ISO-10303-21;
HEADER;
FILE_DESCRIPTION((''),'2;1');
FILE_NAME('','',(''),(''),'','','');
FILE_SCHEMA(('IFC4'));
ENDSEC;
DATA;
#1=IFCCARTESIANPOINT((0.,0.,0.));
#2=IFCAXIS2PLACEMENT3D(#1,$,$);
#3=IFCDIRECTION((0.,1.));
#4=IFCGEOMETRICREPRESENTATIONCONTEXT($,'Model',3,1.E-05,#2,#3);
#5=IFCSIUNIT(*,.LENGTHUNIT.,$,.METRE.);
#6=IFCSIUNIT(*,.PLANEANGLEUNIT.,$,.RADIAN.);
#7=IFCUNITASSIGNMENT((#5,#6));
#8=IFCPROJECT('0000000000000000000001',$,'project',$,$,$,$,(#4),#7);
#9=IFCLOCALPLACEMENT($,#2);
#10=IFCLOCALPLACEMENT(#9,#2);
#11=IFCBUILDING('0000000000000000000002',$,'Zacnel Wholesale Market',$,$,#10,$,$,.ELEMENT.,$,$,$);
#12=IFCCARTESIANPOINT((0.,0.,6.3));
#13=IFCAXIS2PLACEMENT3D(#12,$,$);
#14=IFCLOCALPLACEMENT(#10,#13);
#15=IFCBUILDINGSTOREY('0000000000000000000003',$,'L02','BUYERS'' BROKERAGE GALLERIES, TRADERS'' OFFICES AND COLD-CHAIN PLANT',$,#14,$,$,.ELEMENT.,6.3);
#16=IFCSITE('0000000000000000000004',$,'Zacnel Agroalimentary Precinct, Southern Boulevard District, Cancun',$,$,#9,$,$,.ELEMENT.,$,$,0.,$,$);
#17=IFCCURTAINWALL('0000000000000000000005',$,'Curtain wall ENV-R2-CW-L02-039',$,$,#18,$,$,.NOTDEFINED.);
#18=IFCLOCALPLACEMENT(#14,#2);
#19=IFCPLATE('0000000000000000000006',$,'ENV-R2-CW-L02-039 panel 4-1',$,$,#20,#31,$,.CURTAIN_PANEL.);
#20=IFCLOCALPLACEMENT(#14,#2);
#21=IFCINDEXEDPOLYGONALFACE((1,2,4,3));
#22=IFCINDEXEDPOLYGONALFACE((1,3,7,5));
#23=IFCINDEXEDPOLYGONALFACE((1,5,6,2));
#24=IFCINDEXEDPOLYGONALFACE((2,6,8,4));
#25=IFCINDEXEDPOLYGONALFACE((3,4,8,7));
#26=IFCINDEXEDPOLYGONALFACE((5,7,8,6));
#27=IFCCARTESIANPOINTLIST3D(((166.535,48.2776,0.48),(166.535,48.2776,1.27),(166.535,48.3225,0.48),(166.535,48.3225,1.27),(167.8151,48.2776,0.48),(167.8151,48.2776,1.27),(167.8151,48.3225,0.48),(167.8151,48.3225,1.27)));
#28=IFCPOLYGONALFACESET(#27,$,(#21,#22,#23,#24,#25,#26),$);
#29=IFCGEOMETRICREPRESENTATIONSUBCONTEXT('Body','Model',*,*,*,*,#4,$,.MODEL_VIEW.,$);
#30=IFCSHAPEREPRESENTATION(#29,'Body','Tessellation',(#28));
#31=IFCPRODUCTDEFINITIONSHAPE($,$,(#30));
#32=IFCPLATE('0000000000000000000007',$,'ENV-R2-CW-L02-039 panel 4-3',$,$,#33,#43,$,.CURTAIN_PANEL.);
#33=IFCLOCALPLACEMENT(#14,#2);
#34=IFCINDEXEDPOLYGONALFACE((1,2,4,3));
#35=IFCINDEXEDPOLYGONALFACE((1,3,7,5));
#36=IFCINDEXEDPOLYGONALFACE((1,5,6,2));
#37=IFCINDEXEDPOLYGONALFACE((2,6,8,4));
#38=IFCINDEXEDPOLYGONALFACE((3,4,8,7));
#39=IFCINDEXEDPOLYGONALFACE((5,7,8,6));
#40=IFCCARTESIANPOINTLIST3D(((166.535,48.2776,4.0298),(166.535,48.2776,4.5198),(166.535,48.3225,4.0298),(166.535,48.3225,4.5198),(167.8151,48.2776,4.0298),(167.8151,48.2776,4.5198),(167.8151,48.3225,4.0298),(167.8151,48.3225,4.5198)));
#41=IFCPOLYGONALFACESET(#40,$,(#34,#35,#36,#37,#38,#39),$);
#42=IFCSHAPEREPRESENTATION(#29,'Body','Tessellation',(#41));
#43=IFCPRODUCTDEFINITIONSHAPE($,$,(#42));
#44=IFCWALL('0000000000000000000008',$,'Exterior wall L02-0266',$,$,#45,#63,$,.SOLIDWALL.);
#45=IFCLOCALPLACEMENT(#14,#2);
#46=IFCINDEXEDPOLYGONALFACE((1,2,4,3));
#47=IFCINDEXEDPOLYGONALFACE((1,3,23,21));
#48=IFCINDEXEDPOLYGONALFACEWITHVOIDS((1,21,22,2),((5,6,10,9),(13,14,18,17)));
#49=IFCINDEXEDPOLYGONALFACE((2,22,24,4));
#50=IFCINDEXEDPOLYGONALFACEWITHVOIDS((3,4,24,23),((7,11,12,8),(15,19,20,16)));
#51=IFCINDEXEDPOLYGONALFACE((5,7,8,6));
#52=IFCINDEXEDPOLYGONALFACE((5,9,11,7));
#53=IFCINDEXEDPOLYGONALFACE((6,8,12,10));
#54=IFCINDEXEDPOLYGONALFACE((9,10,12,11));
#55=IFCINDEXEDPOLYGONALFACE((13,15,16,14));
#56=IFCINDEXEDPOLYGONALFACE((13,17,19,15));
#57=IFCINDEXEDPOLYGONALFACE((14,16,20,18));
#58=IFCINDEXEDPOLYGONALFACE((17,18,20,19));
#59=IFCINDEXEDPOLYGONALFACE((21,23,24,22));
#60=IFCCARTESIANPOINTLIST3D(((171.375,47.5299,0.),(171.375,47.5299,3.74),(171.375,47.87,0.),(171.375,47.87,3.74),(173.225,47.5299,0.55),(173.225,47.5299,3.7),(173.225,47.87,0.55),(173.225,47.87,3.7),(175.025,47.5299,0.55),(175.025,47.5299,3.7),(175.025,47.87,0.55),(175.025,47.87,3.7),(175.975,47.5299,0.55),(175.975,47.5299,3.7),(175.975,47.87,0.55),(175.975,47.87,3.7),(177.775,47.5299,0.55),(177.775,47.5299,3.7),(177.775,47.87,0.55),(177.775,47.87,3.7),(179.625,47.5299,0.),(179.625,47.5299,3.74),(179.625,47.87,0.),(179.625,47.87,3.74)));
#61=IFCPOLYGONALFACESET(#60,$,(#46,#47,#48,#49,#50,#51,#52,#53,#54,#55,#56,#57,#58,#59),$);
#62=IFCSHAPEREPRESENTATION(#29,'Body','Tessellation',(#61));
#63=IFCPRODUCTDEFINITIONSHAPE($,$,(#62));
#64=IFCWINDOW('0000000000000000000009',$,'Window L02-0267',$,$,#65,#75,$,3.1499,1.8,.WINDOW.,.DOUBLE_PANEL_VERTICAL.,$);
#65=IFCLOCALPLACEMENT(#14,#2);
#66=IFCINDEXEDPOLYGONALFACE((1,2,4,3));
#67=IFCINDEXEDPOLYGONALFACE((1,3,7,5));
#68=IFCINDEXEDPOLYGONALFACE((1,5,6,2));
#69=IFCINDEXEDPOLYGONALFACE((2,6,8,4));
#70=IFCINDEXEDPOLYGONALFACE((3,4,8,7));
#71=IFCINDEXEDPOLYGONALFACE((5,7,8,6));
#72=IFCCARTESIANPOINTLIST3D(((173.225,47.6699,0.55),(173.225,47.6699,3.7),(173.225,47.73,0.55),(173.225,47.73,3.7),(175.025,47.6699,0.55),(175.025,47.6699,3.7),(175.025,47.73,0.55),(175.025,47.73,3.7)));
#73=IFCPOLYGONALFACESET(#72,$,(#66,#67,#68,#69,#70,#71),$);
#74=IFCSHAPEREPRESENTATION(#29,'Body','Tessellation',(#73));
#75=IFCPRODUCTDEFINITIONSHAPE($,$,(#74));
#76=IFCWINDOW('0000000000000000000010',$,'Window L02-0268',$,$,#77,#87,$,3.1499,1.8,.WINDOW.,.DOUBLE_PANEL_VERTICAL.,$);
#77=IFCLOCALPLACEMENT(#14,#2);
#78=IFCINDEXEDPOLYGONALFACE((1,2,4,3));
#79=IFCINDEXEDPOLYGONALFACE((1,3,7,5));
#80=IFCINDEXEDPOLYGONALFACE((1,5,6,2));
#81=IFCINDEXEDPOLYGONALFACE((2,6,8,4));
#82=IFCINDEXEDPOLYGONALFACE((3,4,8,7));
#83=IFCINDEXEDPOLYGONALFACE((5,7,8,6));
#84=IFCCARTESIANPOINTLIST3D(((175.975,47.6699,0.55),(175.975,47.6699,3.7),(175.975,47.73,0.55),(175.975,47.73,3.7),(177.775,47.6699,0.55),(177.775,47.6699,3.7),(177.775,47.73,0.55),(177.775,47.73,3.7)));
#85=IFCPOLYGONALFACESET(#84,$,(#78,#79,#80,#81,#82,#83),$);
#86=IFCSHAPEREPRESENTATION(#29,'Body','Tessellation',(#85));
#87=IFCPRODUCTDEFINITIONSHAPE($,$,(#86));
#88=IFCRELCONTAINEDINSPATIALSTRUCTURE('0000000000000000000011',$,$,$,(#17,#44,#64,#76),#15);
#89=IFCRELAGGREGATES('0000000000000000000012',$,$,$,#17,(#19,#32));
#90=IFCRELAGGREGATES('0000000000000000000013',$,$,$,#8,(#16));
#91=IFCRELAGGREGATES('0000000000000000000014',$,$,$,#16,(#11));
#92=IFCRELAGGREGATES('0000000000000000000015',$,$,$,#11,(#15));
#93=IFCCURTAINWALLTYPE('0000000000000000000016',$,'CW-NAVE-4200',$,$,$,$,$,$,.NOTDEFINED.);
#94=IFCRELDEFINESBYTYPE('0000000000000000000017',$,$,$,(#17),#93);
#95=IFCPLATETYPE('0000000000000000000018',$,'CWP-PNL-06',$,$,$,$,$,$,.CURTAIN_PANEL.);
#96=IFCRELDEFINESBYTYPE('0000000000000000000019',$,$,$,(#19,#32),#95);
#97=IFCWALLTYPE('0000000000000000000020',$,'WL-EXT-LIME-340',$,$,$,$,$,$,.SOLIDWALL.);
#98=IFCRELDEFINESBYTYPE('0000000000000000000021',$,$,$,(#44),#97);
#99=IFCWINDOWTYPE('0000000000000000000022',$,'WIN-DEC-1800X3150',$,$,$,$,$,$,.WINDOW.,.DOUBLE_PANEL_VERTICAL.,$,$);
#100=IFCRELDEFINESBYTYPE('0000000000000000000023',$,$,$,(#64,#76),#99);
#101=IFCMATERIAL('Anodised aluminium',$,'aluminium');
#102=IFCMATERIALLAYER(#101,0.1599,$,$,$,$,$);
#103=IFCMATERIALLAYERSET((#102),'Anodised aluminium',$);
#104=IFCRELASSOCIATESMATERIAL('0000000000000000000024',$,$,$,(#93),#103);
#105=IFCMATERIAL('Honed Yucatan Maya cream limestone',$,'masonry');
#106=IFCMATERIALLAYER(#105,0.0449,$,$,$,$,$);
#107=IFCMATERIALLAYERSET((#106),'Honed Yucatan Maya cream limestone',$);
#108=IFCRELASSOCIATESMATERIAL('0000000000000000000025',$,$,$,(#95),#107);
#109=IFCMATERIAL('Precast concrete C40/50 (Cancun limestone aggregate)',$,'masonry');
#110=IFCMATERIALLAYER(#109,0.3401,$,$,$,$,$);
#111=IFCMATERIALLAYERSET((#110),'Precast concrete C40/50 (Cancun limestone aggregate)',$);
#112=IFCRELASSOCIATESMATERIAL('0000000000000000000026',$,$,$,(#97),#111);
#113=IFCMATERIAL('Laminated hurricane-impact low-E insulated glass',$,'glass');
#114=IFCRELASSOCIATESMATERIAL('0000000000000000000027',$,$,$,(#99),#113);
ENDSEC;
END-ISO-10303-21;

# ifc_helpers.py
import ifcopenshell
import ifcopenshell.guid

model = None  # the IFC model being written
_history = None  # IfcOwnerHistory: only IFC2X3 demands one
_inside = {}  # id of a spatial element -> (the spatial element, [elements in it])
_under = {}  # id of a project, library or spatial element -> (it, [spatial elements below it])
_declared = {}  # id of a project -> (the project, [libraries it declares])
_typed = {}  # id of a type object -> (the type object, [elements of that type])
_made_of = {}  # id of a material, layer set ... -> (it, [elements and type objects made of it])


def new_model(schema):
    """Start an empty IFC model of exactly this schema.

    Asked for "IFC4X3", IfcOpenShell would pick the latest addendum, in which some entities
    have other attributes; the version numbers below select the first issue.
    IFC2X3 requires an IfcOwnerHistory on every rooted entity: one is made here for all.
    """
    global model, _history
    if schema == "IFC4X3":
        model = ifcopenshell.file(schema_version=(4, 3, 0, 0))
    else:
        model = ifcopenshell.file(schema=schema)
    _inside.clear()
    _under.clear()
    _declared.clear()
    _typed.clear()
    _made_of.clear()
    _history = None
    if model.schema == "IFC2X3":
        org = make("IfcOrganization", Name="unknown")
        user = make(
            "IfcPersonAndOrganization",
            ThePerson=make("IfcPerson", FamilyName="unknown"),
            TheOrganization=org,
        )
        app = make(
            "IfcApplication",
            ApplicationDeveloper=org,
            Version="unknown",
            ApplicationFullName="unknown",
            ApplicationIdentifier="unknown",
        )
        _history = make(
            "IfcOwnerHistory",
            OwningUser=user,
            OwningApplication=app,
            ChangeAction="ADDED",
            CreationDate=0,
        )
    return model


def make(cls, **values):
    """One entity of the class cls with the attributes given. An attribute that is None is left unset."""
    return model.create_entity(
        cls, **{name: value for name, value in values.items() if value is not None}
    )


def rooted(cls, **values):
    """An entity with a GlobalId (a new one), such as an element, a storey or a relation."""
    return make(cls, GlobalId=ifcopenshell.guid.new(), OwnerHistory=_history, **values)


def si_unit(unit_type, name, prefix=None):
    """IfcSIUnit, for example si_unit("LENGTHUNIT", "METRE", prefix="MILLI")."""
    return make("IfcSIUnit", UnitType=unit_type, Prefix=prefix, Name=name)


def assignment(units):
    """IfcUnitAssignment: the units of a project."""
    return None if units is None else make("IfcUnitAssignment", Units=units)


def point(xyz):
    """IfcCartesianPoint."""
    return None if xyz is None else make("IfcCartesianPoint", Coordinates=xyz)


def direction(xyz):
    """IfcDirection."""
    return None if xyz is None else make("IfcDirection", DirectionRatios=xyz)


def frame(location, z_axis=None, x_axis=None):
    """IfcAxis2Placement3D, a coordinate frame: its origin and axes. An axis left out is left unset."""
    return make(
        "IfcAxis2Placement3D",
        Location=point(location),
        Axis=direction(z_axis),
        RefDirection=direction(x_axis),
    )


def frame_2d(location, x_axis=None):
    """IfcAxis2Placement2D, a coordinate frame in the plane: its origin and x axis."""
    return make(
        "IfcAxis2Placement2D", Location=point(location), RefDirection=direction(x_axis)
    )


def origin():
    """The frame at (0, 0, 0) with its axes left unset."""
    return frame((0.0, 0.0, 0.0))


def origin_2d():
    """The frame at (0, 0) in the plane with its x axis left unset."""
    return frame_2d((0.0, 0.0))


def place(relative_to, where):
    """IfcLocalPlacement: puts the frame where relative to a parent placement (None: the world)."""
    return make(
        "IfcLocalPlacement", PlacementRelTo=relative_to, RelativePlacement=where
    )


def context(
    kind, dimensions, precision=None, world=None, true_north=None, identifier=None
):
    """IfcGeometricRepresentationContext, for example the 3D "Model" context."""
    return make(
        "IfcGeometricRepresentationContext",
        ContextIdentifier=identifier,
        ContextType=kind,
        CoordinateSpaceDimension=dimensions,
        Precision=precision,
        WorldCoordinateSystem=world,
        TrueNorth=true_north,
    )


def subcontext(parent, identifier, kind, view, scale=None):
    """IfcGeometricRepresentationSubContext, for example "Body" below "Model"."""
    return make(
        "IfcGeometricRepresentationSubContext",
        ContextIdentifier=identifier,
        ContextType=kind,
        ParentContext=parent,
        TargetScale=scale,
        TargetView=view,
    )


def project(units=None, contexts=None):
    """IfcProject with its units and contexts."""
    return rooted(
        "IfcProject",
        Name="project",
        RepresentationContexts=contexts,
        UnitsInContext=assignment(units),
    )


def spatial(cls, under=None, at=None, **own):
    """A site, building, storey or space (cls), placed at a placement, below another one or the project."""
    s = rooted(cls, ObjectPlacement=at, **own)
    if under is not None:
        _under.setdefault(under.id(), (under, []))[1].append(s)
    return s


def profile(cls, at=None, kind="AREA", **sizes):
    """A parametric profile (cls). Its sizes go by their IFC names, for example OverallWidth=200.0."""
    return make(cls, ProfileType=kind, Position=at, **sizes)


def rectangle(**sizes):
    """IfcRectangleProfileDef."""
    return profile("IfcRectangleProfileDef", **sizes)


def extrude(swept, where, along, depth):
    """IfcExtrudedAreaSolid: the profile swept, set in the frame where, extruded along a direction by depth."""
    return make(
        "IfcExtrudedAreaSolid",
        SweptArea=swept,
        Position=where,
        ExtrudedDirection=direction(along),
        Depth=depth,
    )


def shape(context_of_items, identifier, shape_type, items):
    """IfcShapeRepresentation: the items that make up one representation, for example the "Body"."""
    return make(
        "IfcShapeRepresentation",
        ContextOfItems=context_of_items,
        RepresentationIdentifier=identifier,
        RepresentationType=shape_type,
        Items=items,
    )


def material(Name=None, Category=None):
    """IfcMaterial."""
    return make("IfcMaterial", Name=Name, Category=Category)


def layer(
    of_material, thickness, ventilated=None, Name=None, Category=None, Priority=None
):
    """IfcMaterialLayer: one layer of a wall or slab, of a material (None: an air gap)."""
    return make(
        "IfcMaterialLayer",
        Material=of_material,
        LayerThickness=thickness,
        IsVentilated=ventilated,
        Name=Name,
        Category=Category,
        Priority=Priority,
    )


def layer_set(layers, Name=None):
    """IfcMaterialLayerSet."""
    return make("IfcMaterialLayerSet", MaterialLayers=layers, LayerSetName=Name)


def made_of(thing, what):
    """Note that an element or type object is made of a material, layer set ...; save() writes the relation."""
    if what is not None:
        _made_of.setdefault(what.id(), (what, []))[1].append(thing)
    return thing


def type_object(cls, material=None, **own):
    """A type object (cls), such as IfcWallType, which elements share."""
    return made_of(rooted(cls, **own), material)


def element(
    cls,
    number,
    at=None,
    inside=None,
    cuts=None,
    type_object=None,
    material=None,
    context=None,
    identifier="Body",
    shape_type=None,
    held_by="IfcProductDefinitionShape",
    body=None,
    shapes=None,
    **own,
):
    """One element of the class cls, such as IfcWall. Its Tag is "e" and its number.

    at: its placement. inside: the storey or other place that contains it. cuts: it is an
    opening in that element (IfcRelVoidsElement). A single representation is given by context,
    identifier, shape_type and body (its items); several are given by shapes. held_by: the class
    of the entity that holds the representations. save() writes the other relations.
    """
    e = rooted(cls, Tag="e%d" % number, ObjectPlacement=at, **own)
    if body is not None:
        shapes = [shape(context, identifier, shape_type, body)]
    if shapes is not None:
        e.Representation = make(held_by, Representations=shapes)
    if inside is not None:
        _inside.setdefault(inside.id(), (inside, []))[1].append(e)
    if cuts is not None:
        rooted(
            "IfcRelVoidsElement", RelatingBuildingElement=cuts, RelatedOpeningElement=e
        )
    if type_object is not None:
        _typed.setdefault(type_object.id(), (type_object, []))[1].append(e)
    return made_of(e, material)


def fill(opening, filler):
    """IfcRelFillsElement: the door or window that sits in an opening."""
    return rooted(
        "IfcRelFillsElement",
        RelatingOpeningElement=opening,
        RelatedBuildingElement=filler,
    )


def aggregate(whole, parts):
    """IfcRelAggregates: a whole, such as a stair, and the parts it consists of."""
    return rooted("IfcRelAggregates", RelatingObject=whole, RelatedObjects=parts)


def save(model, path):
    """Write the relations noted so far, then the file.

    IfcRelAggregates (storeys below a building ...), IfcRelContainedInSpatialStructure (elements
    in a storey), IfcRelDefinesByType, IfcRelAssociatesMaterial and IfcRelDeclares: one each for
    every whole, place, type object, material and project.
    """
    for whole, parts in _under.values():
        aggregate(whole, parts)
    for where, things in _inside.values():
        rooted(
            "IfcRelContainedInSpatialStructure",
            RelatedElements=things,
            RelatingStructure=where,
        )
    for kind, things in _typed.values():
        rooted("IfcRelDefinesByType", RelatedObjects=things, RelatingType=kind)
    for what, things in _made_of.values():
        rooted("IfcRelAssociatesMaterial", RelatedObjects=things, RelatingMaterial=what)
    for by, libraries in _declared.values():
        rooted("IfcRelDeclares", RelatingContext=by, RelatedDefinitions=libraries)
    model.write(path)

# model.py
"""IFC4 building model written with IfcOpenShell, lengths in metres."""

from ifc_helpers import new_model, si_unit, direction, frame, frame_2d, origin, origin_2d, place, context, subcontext, project, spatial, rectangle, extrude, material, layer, layer_set, type_object, element, fill, aggregate, save


model = new_model("IFC4")

# Units and contexts
model_context = context("Model", 3, precision=1e-05, world=origin(), true_north=direction((0.0, 1.0)))
body_context = subcontext(model_context, "Body", "Model", "MODEL_VIEW")
ifc_project = project(units=[si_unit("LENGTHUNIT", "METRE"), si_unit("PLANEANGLEUNIT", "RADIAN")], contexts=[model_context])

# Site, building, storey
site_placement = place(None, origin())
site = spatial("IfcSite", under=ifc_project, at=site_placement, Name="Zacnel Agroalimentary Precinct, Southern Boulevard District, Cancun", CompositionType="ELEMENT", RefElevation=0.0)
building_placement = place(site_placement, origin())
building = spatial("IfcBuilding", under=site, at=building_placement, Name="Zacnel Wholesale Market", CompositionType="ELEMENT")
storey_placement = place(building_placement, frame((0.0, 0.0, 6.3)))
storey = spatial("IfcBuildingStorey", under=building, at=storey_placement, Name="L02", Description="BUYERS' BROKERAGE GALLERIES, TRADERS' OFFICES AND COLD-CHAIN PLANT", CompositionType="ELEMENT", Elevation=6.3)

# Curtain wall, plates
ifc_material_1 = material(Name="Anodised aluminium", Category="aluminium")
ifc_layer_1 = layer(ifc_material_1, 0.1599)
ifc_layer_set_1 = layer_set([ifc_layer_1], Name="Anodised aluminium")
curtain_wall_type = type_object("IfcCurtainWallType", Name="CW-NAVE-4200", PredefinedType="NOTDEFINED", material=ifc_layer_set_1)
curtain_wall_placement = place(storey_placement, origin())
curtain_wall = element("IfcCurtainWall", 1, at=curtain_wall_placement, inside=storey, type_object=curtain_wall_type, Name="Curtain wall ENV-R2-CW-L02-039", PredefinedType="NOTDEFINED")
ifc_material_2 = material(Name="Honed Yucatan Maya cream limestone", Category="masonry")
ifc_layer_2 = layer(ifc_material_2, 0.0449)
ifc_layer_set_2 = layer_set([ifc_layer_2], Name="Honed Yucatan Maya cream limestone")
plate_type_1 = type_object("IfcPlateType", Name="CWP-PNL-06", PredefinedType="CURTAIN_PANEL", material=ifc_layer_set_2)
plate_1_placement = place(storey_placement, frame((167.175, 48.3, 0.48), z_axis=(0.0, 0.0, 1.0), x_axis=(1.0, 0.0, 0.0)))
plate_1 = element("IfcPlate", 2, at=plate_1_placement, type_object=plate_type_1, Name="ENV-R2-CW-L02-039 panel 4-1", PredefinedType="CURTAIN_PANEL", context=body_context, shape_type="SweptSolid", body=[
    extrude(rectangle(XDim=1.28, YDim=0.0449, at=origin_2d()), origin(), (0.0, 0.0, 1.0), 0.79),
])
plate_2_placement = place(storey_placement, frame((167.175, 48.3, 4.0298), z_axis=(0.0, 0.0, 1.0), x_axis=(1.0, 0.0, 0.0)))
plate_2 = element("IfcPlate", 3, at=plate_2_placement, type_object=plate_type_1, Name="ENV-R2-CW-L02-039 panel 4-3", PredefinedType="CURTAIN_PANEL", context=body_context, shape_type="SweptSolid", body=[
    extrude(rectangle(XDim=1.28, YDim=0.0449, at=origin_2d()), origin(), (0.0, 0.0, 1.0), 0.49),
])
aggregate(curtain_wall, [plate_1, plate_2])

# Wall, openings, windows
ifc_material_3 = material(Name="Precast concrete C40/50 (Cancun limestone aggregate)", Category="masonry")
ifc_layer_3 = layer(ifc_material_3, 0.3401)
ifc_layer_set_3 = layer_set([ifc_layer_3], Name="Precast concrete C40/50 (Cancun limestone aggregate)")
wall_type = type_object("IfcWallType", Name="WL-EXT-LIME-340", PredefinedType="SOLIDWALL", material=ifc_layer_set_3)
wall_placement = place(storey_placement, frame((171.375, 47.7, 0.0), z_axis=(0.0, 0.0, 1.0), x_axis=(1.0, 0.0, 0.0)))
wall = element("IfcWall", 4, at=wall_placement, inside=storey, type_object=wall_type, Name="Exterior wall L02-0266", PredefinedType="SOLIDWALL", context=body_context, shape_type="SweptSolid", body=[
    extrude(rectangle(XDim=8.25, YDim=0.3401, at=frame_2d((4.125, 0.0))), origin(), (0.0, 0.0, 1.0), 3.74),
])
opening_1_placement = place(wall_placement, frame((1.8501, 0.0, 0.55)))
opening_1 = element("IfcOpeningElement", 5, at=opening_1_placement, cuts=wall, PredefinedType="OPENING", context=body_context, shape_type="SweptSolid", body=[
    extrude(rectangle(XDim=1.8, YDim=3.1499, at=frame_2d((0.8999, 1.575))), frame((0.0, 0.1799, 0.0), z_axis=(0.0, -1.0, 0.0), x_axis=(1.0, 0.0, 0.0)), (0.0, 0.0, 1.0), 0.3601),
])
opening_2_placement = place(wall_placement, frame((4.6001, 0.0, 0.55)))
opening_2 = element("IfcOpeningElement", 6, at=opening_2_placement, cuts=wall, PredefinedType="OPENING", context=body_context, shape_type="SweptSolid", body=[
    extrude(rectangle(XDim=1.8, YDim=3.1499, at=frame_2d((0.8999, 1.575))), frame((0.0, 0.1799, 0.0), z_axis=(0.0, -1.0, 0.0), x_axis=(1.0, 0.0, 0.0)), (0.0, 0.0, 1.0), 0.3601),
])
ifc_material_4 = material(Name="Laminated hurricane-impact low-E insulated glass", Category="glass")
window_type = type_object("IfcWindowType", Name="WIN-DEC-1800X3150", PartitioningType="DOUBLE_PANEL_VERTICAL", PredefinedType="WINDOW", material=ifc_material_4)
window_1_placement = place(opening_1_placement, origin())
window_1 = element("IfcWindow", 7, at=window_1_placement, inside=storey, type_object=window_type, Name="Window L02-0267", OverallHeight=3.1499, OverallWidth=1.8, PartitioningType="DOUBLE_PANEL_VERTICAL", PredefinedType="WINDOW", context=body_context, shape_type="SweptSolid", body=[
    extrude(rectangle(XDim=1.8, YDim=3.1499, at=frame_2d((0.8999, 1.575))), frame((0.0, 0.03, 0.0), z_axis=(0.0, -1.0, 0.0), x_axis=(1.0, 0.0, 0.0)), (0.0, 0.0, 1.0), 0.0601),
])
fill(opening_1, window_1)
window_2_placement = place(opening_2_placement, origin())
window_2 = element("IfcWindow", 8, at=window_2_placement, inside=storey, type_object=window_type, Name="Window L02-0268", OverallHeight=3.1499, OverallWidth=1.8, PartitioningType="DOUBLE_PANEL_VERTICAL", PredefinedType="WINDOW", context=body_context, shape_type="SweptSolid", body=[
    extrude(rectangle(XDim=1.8, YDim=3.1499, at=frame_2d((0.8999, 1.575))), frame((0.0, 0.03, 0.0), z_axis=(0.0, -1.0, 0.0), x_axis=(1.0, 0.0, 0.0)), (0.0, 0.0, 1.0), 0.0601),
])
fill(opening_2, window_2)

save(model, "model.ifc")
